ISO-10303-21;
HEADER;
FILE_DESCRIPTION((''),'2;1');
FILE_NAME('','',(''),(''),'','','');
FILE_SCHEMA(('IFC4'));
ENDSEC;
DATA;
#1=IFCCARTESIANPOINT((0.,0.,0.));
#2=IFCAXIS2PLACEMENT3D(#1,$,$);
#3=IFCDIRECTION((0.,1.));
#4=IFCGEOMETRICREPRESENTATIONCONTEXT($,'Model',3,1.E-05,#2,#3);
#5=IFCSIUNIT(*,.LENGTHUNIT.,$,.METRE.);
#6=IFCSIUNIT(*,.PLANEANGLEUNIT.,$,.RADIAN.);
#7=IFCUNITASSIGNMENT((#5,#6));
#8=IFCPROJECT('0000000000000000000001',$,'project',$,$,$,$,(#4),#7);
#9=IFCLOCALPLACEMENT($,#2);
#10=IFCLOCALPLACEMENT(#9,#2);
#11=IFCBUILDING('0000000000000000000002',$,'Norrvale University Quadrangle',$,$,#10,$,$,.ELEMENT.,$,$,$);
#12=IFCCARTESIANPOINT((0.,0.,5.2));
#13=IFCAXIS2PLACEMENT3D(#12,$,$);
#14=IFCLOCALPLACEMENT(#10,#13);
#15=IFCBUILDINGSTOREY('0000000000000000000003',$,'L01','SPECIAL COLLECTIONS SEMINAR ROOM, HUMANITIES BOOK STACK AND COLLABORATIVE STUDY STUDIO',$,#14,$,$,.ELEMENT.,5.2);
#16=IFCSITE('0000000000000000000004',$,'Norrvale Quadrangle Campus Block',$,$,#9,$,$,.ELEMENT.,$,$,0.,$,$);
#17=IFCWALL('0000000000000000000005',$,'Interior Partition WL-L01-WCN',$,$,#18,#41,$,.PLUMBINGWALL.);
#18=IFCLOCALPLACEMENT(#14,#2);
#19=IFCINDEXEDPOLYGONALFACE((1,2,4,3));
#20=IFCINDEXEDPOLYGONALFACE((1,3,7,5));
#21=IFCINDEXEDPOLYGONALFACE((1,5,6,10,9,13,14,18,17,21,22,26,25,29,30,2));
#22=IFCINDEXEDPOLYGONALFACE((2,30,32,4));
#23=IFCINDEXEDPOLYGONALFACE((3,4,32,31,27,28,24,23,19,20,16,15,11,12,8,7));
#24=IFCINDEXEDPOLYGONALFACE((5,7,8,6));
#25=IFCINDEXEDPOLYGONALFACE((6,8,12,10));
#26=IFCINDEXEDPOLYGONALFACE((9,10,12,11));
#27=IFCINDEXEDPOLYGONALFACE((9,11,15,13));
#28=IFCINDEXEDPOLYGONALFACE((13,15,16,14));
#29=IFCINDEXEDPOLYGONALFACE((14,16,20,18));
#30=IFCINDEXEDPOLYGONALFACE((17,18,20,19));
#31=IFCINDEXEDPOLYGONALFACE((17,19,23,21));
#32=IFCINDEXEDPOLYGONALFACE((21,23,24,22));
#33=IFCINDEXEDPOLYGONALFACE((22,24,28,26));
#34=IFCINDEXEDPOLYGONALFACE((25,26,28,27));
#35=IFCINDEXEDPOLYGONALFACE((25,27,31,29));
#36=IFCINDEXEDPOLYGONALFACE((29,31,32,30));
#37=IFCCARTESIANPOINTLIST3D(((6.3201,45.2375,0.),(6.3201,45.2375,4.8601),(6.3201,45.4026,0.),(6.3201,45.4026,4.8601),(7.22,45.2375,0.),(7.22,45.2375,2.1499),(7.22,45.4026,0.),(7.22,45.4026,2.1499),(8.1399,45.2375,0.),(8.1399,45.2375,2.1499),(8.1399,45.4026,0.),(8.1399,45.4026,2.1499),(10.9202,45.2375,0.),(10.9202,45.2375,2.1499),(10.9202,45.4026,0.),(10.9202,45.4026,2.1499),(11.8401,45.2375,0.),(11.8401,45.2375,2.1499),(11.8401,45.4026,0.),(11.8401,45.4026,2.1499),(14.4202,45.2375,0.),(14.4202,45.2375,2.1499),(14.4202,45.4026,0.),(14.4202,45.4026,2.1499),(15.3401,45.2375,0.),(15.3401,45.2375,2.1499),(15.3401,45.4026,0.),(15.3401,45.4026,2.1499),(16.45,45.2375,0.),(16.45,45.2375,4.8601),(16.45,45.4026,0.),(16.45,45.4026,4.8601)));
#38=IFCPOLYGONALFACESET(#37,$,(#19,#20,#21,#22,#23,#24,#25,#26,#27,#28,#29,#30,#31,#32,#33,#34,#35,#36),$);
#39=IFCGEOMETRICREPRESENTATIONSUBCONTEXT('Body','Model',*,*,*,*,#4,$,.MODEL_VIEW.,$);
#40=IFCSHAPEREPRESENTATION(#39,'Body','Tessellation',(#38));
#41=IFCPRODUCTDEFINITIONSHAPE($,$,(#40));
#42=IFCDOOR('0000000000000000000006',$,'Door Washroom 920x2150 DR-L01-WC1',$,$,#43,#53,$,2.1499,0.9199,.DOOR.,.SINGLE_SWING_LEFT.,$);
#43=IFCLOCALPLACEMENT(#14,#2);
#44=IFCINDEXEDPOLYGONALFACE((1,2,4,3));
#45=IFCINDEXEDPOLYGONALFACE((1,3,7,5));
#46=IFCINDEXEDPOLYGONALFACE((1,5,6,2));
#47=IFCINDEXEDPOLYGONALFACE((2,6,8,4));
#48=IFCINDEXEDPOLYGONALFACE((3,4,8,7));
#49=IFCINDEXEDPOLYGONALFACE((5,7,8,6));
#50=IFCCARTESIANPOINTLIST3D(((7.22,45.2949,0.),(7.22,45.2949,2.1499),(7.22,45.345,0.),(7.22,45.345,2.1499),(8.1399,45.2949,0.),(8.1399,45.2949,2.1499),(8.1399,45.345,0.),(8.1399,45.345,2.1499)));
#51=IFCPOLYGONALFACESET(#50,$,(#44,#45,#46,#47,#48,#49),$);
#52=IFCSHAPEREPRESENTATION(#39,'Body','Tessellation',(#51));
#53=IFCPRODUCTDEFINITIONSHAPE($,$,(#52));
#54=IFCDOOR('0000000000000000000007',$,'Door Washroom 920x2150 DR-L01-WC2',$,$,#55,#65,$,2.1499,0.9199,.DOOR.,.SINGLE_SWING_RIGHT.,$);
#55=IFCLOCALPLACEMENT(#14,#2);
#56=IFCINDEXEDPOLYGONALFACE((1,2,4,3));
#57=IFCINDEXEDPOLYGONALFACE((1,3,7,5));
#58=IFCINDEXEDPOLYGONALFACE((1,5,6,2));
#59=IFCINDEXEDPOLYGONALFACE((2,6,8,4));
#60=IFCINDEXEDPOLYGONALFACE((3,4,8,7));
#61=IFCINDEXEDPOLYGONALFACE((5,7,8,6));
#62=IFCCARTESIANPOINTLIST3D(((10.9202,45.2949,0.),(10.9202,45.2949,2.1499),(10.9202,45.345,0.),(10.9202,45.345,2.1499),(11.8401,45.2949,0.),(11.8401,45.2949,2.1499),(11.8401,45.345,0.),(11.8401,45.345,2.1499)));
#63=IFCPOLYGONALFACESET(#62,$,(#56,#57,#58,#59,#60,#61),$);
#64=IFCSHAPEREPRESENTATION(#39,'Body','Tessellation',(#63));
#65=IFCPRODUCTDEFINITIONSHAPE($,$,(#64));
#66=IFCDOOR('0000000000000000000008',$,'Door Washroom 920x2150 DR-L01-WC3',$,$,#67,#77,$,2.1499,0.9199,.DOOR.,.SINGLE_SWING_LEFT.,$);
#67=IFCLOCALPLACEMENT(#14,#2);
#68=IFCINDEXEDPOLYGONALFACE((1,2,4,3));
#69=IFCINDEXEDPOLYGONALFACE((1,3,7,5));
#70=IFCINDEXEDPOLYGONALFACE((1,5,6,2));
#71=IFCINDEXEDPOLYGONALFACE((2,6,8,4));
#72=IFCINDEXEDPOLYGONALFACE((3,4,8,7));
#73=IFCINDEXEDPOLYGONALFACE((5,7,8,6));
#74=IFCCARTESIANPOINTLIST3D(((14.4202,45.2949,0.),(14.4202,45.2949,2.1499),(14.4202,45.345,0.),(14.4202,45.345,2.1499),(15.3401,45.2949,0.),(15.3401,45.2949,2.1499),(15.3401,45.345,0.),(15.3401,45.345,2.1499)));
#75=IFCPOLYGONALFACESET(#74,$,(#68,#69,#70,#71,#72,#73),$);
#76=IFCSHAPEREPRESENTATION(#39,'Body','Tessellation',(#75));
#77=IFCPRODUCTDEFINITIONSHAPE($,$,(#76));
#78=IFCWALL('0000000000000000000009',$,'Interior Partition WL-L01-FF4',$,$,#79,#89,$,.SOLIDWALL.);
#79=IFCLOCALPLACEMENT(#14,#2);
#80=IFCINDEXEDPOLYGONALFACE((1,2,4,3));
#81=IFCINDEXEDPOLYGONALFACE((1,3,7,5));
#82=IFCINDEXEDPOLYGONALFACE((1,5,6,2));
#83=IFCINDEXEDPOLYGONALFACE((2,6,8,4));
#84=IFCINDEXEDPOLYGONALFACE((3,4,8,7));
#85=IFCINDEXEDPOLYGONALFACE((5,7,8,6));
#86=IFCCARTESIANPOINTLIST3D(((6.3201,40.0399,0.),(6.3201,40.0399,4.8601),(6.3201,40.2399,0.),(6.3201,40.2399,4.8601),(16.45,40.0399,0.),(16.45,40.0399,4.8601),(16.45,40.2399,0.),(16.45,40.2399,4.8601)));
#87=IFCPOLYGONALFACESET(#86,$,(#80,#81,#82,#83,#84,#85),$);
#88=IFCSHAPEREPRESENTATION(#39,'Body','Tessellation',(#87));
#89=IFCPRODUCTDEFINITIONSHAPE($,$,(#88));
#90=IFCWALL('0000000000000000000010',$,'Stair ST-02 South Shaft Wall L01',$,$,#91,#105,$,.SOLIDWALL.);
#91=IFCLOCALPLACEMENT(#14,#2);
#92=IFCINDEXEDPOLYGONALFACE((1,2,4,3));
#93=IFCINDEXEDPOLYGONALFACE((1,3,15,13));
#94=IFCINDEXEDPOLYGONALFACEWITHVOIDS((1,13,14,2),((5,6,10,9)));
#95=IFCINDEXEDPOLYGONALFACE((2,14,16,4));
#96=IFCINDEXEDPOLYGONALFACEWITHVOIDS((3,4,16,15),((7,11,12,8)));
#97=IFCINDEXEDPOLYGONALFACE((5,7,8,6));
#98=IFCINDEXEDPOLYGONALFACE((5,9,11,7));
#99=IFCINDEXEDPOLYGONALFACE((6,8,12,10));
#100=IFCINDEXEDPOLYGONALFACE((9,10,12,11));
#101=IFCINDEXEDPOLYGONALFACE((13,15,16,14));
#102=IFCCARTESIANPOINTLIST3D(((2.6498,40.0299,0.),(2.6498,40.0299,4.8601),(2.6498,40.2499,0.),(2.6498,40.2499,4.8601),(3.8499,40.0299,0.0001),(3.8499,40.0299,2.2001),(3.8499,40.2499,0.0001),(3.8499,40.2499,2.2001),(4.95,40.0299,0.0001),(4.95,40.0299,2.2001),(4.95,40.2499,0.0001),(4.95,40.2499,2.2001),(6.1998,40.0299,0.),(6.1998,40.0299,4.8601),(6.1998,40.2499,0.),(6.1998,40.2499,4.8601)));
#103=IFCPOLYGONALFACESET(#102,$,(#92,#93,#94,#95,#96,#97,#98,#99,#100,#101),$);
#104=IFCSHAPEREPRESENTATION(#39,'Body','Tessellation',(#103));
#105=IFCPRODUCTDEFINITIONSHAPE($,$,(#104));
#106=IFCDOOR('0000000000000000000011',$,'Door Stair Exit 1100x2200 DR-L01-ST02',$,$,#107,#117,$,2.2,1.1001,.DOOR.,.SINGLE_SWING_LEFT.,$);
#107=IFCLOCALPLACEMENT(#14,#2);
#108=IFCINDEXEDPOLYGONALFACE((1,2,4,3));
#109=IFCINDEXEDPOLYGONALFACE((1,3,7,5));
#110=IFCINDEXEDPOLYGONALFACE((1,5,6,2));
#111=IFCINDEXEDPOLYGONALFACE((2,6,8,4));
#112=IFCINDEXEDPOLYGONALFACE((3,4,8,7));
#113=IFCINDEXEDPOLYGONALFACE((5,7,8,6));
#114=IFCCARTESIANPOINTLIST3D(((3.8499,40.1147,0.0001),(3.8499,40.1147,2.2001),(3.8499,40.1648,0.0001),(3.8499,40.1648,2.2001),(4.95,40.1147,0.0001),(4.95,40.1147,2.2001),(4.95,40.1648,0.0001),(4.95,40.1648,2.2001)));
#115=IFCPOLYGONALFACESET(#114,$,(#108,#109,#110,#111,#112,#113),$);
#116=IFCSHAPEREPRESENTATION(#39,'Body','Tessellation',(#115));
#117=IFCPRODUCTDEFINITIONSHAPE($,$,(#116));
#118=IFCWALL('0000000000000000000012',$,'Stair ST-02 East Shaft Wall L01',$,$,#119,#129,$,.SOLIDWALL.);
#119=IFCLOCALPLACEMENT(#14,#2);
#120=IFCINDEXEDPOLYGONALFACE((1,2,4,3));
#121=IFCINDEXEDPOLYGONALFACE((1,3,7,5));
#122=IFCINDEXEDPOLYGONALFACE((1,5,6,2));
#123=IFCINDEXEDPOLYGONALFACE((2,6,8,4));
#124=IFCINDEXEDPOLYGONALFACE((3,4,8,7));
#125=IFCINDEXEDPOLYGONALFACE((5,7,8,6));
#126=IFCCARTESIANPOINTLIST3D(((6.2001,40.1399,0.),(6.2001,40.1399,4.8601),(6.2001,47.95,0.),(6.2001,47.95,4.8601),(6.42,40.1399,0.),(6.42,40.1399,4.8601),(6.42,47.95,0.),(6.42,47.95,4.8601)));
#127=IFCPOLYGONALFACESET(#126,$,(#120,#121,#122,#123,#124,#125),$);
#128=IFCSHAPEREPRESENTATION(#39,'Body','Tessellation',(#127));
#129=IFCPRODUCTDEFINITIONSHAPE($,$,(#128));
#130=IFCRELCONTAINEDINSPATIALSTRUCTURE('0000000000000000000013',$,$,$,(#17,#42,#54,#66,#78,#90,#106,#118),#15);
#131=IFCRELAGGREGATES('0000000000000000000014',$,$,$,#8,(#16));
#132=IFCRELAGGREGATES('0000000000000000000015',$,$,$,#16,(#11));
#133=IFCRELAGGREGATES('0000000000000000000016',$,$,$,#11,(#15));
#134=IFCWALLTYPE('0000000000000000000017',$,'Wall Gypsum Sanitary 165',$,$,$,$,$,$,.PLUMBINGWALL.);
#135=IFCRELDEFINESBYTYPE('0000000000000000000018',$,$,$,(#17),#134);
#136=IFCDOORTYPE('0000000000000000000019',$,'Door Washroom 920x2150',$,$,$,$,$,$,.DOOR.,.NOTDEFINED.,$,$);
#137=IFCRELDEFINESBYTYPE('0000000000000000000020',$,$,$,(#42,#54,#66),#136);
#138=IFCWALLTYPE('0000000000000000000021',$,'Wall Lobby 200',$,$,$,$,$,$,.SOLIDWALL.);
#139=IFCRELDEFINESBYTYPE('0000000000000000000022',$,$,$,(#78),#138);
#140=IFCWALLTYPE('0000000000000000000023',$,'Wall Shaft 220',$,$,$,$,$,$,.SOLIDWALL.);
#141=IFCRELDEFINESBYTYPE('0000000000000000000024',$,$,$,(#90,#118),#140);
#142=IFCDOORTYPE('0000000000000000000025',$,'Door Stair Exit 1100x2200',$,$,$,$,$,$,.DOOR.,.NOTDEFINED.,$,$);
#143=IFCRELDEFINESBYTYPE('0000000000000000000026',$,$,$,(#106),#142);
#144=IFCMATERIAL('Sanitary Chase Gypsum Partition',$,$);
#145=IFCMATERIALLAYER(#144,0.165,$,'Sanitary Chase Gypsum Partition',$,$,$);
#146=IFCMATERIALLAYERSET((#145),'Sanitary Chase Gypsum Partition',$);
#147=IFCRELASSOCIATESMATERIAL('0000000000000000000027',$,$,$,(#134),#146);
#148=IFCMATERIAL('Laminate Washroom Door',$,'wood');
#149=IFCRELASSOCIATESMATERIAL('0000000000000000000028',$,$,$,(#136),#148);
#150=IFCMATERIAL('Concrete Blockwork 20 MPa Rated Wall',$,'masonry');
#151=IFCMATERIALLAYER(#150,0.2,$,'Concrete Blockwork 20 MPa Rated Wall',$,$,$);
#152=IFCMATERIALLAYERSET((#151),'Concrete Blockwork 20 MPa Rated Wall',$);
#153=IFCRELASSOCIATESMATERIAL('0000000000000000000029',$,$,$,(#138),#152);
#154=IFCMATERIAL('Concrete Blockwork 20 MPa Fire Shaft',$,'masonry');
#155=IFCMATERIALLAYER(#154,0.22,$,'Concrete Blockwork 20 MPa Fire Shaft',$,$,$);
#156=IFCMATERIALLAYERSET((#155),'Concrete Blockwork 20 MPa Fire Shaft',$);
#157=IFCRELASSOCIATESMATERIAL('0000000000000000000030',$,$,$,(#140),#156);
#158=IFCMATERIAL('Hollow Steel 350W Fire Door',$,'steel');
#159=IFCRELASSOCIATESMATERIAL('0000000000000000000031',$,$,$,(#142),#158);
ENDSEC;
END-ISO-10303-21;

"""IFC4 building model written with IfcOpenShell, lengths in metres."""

from ifc_helpers import new_model, si_unit, direction, frame, frame_2d, origin, place, context, subcontext, project, spatial, rectangle, extrude, material, layer, layer_set, type_object, element, fill, save


model = new_model("IFC4")

# Units and contexts
model_context = context("Model", 3, precision=1e-05, world=origin(), true_north=direction((0.0, 1.0)))
body_context = subcontext(model_context, "Body", "Model", "MODEL_VIEW")
ifc_project = project(units=[si_unit("LENGTHUNIT", "METRE"), si_unit("PLANEANGLEUNIT", "RADIAN")], contexts=[model_context])

# Site, building, storey
site_placement = place(None, origin())
site = spatial("IfcSite", under=ifc_project, at=site_placement, Name="Norrvale Quadrangle Campus Block", CompositionType="ELEMENT", RefElevation=0.0)
building_placement = place(site_placement, origin())
building = spatial("IfcBuilding", under=site, at=building_placement, Name="Norrvale University Quadrangle", CompositionType="ELEMENT")
storey_placement = place(building_placement, frame((0.0, 0.0, 5.2)))
storey = spatial("IfcBuildingStorey", under=building, at=storey_placement, Name="L01", Description="SPECIAL COLLECTIONS SEMINAR ROOM, HUMANITIES BOOK STACK AND COLLABORATIVE STUDY STUDIO", CompositionType="ELEMENT", Elevation=5.2)

# Wall, openings, doors
ifc_material_1 = material(Name="Sanitary Chase Gypsum Partition")
ifc_layer_1 = layer(ifc_material_1, 0.165, Name="Sanitary Chase Gypsum Partition")
ifc_layer_set_1 = layer_set([ifc_layer_1], Name="Sanitary Chase Gypsum Partition")
wall_type_1 = type_object("IfcWallType", Name="Wall Gypsum Sanitary 165", PredefinedType="PLUMBINGWALL", material=ifc_layer_set_1)
wall_1_placement = place(storey_placement, frame((6.3201, 45.3201, 0.0), z_axis=(0.0, 0.0, 1.0), x_axis=(1.0, 0.0, 0.0)))
wall_1 = element("IfcWall", 1, at=wall_1_placement, inside=storey, type_object=wall_type_1, Name="Interior Partition WL-L01-WCN", PredefinedType="PLUMBINGWALL", context=body_context, shape_type="SweptSolid", body=[
    extrude(rectangle(XDim=10.1299, YDim=0.165, at=frame_2d((5.0649, 0.0))), origin(), (0.0, 0.0, 1.0), 4.8601),
])
opening_1_placement = place(wall_1_placement, frame((0.8999, 0.0, 0.0)))
opening_1 = element("IfcOpeningElement", 2, at=opening_1_placement, cuts=wall_1, PredefinedType="OPENING", context=body_context, shape_type="SweptSolid", body=[
    extrude(rectangle(XDim=0.9199, YDim=2.1499, at=frame_2d((0.46, 1.075))), frame((0.0, 0.0945, 0.0), z_axis=(0.0, -1.0, 0.0), x_axis=(1.0, 0.0, 0.0)), (0.0, 0.0, 1.0), 0.189),
])
opening_2_placement = place(wall_1_placement, frame((4.6001, 0.0, 0.0)))
opening_2 = element("IfcOpeningElement", 3, at=opening_2_placement, cuts=wall_1, PredefinedType="OPENING", context=body_context, shape_type="SweptSolid", body=[
    extrude(rectangle(XDim=0.9199, YDim=2.1499, at=frame_2d((0.46, 1.075))), frame((0.0, 0.0945, 0.0), z_axis=(0.0, -1.0, 0.0), x_axis=(1.0, 0.0, 0.0)), (0.0, 0.0, 1.0), 0.189),
])
opening_3_placement = place(wall_1_placement, frame((8.1001, 0.0, 0.0)))
opening_3 = element("IfcOpeningElement", 4, at=opening_3_placement, cuts=wall_1, PredefinedType="OPENING", context=body_context, shape_type="SweptSolid", body=[
    extrude(rectangle(XDim=0.9199, YDim=2.1499, at=frame_2d((0.46, 1.075))), frame((0.0, 0.0945, 0.0), z_axis=(0.0, -1.0, 0.0), x_axis=(1.0, 0.0, 0.0)), (0.0, 0.0, 1.0), 0.189),
])
ifc_material_2 = material(Name="Laminate Washroom Door", Category="wood")
door_type_1 = type_object("IfcDoorType", Name="Door Washroom 920x2150", OperationType="NOTDEFINED", PredefinedType="DOOR", material=ifc_material_2)
door_1_placement = place(opening_1_placement, origin())
door_1 = element("IfcDoor", 5, at=door_1_placement, inside=storey, type_object=door_type_1, Name="Door Washroom 920x2150 DR-L01-WC1", OperationType="SINGLE_SWING_LEFT", OverallHeight=2.1499, OverallWidth=0.9199, PredefinedType="DOOR", context=body_context, shape_type="SweptSolid", body=[
    extrude(rectangle(XDim=0.9199, YDim=2.1499, at=frame_2d((0.46, 1.075))), frame((0.0, 0.0249, 0.0), z_axis=(0.0, -1.0, 0.0), x_axis=(1.0, 0.0, 0.0)), (0.0, 0.0, 1.0), 0.05),
])
fill(opening_1, door_1)
door_2_placement = place(opening_2_placement, origin())
door_2 = element("IfcDoor", 6, at=door_2_placement, inside=storey, type_object=door_type_1, Name="Door Washroom 920x2150 DR-L01-WC2", OperationType="SINGLE_SWING_RIGHT", OverallHeight=2.1499, OverallWidth=0.9199, PredefinedType="DOOR", context=body_context, shape_type="SweptSolid", body=[
    extrude(rectangle(XDim=0.9199, YDim=2.1499, at=frame_2d((0.46, 1.075))), frame((0.0, 0.0249, 0.0), z_axis=(0.0, -1.0, 0.0), x_axis=(1.0, 0.0, 0.0)), (0.0, 0.0, 1.0), 0.05),
])
fill(opening_2, door_2)
door_3_placement = place(opening_3_placement, origin())
door_3 = element("IfcDoor", 7, at=door_3_placement, inside=storey, type_object=door_type_1, Name="Door Washroom 920x2150 DR-L01-WC3", OperationType="SINGLE_SWING_LEFT", OverallHeight=2.1499, OverallWidth=0.9199, PredefinedType="DOOR", context=body_context, shape_type="SweptSolid", body=[
    extrude(rectangle(XDim=0.9199, YDim=2.1499, at=frame_2d((0.46, 1.075))), frame((0.0, 0.0249, 0.0), z_axis=(0.0, -1.0, 0.0), x_axis=(1.0, 0.0, 0.0)), (0.0, 0.0, 1.0), 0.05),
])
fill(opening_3, door_3)

# Wall
ifc_material_3 = material(Name="Concrete Blockwork 20 MPa Rated Wall", Category="masonry")
ifc_layer_2 = layer(ifc_material_3, 0.2, Name="Concrete Blockwork 20 MPa Rated Wall")
ifc_layer_set_2 = layer_set([ifc_layer_2], Name="Concrete Blockwork 20 MPa Rated Wall")
wall_type_2 = type_object("IfcWallType", Name="Wall Lobby 200", PredefinedType="SOLIDWALL", material=ifc_layer_set_2)
wall_2_placement = place(storey_placement, frame((6.3201, 40.1399, 0.0), z_axis=(0.0, 0.0, 1.0), x_axis=(1.0, 0.0, 0.0)))
element("IfcWall", 8, at=wall_2_placement, inside=storey, type_object=wall_type_2, Name="Interior Partition WL-L01-FF4", PredefinedType="SOLIDWALL", context=body_context, shape_type="SweptSolid", body=[
    extrude(rectangle(XDim=10.1299, YDim=0.2, at=frame_2d((5.0649, 0.0))), origin(), (0.0, 0.0, 1.0), 4.8601),
])

# Wall, opening, door
ifc_material_4 = material(Name="Concrete Blockwork 20 MPa Fire Shaft", Category="masonry")
ifc_layer_3 = layer(ifc_material_4, 0.22, Name="Concrete Blockwork 20 MPa Fire Shaft")
ifc_layer_set_3 = layer_set([ifc_layer_3], Name="Concrete Blockwork 20 MPa Fire Shaft")
wall_type_3 = type_object("IfcWallType", Name="Wall Shaft 220", PredefinedType="SOLIDWALL", material=ifc_layer_set_3)
wall_3_placement = place(storey_placement, frame((2.6499, 40.1399, 0.0), z_axis=(0.0, 0.0, 1.0), x_axis=(1.0, 0.0, 0.0)))
wall_3 = element("IfcWall", 9, at=wall_3_placement, inside=storey, type_object=wall_type_3, Name="Stair ST-02 South Shaft Wall L01", PredefinedType="SOLIDWALL", context=body_context, shape_type="SweptSolid", body=[
    extrude(rectangle(XDim=3.55, YDim=0.22, at=frame_2d((1.7749, 0.0))), origin(), (0.0, 0.0, 1.0), 4.8601),
])
opening_4_placement = place(wall_3_placement, frame((1.2, 0.0, 0.0)))
opening_4 = element("IfcOpeningElement", 10, at=opening_4_placement, cuts=wall_3, PredefinedType="OPENING", context=body_context, shape_type="SweptSolid", body=[
    extrude(rectangle(XDim=1.1001, YDim=2.2, at=frame_2d((0.55, 1.1001))), frame((0.0, 0.1221, 0.0), z_axis=(0.0, -1.0, 0.0), x_axis=(1.0, 0.0, 0.0)), (0.0, 0.0, 1.0), 0.2439),
])
ifc_material_5 = material(Name="Hollow Steel 350W Fire Door", Category="steel")
door_type_2 = type_object("IfcDoorType", Name="Door Stair Exit 1100x2200", OperationType="NOTDEFINED", PredefinedType="DOOR", material=ifc_material_5)
door_4_placement = place(opening_4_placement, origin())
door_4 = element("IfcDoor", 11, at=door_4_placement, inside=storey, type_object=door_type_2, Name="Door Stair Exit 1100x2200 DR-L01-ST02", OperationType="SINGLE_SWING_LEFT", OverallHeight=2.2, OverallWidth=1.1001, PredefinedType="DOOR", context=body_context, shape_type="SweptSolid", body=[
    extrude(rectangle(XDim=1.1001, YDim=2.2, at=frame_2d((0.55, 1.1001))), frame((0.0, 0.0249, 0.0), z_axis=(0.0, -1.0, 0.0), x_axis=(1.0, 0.0, 0.0)), (0.0, 0.0, 1.0), 0.05),
])
fill(opening_4, door_4)

# Wall
wall_4_placement = place(storey_placement, frame((6.3101, 40.1399, 0.0), z_axis=(0.0, 0.0, 1.0), x_axis=(0.0, 1.0, 0.0)))
element("IfcWall", 12, at=wall_4_placement, inside=storey, type_object=wall_type_3, Name="Stair ST-02 East Shaft Wall L01", PredefinedType="SOLIDWALL", context=body_context, shape_type="SweptSolid", body=[
    extrude(rectangle(XDim=7.8101, YDim=0.22, at=frame_2d((3.905, 0.0))), origin(), (0.0, 0.0, 1.0), 4.8601),
])

save(model, "model.ifc")
